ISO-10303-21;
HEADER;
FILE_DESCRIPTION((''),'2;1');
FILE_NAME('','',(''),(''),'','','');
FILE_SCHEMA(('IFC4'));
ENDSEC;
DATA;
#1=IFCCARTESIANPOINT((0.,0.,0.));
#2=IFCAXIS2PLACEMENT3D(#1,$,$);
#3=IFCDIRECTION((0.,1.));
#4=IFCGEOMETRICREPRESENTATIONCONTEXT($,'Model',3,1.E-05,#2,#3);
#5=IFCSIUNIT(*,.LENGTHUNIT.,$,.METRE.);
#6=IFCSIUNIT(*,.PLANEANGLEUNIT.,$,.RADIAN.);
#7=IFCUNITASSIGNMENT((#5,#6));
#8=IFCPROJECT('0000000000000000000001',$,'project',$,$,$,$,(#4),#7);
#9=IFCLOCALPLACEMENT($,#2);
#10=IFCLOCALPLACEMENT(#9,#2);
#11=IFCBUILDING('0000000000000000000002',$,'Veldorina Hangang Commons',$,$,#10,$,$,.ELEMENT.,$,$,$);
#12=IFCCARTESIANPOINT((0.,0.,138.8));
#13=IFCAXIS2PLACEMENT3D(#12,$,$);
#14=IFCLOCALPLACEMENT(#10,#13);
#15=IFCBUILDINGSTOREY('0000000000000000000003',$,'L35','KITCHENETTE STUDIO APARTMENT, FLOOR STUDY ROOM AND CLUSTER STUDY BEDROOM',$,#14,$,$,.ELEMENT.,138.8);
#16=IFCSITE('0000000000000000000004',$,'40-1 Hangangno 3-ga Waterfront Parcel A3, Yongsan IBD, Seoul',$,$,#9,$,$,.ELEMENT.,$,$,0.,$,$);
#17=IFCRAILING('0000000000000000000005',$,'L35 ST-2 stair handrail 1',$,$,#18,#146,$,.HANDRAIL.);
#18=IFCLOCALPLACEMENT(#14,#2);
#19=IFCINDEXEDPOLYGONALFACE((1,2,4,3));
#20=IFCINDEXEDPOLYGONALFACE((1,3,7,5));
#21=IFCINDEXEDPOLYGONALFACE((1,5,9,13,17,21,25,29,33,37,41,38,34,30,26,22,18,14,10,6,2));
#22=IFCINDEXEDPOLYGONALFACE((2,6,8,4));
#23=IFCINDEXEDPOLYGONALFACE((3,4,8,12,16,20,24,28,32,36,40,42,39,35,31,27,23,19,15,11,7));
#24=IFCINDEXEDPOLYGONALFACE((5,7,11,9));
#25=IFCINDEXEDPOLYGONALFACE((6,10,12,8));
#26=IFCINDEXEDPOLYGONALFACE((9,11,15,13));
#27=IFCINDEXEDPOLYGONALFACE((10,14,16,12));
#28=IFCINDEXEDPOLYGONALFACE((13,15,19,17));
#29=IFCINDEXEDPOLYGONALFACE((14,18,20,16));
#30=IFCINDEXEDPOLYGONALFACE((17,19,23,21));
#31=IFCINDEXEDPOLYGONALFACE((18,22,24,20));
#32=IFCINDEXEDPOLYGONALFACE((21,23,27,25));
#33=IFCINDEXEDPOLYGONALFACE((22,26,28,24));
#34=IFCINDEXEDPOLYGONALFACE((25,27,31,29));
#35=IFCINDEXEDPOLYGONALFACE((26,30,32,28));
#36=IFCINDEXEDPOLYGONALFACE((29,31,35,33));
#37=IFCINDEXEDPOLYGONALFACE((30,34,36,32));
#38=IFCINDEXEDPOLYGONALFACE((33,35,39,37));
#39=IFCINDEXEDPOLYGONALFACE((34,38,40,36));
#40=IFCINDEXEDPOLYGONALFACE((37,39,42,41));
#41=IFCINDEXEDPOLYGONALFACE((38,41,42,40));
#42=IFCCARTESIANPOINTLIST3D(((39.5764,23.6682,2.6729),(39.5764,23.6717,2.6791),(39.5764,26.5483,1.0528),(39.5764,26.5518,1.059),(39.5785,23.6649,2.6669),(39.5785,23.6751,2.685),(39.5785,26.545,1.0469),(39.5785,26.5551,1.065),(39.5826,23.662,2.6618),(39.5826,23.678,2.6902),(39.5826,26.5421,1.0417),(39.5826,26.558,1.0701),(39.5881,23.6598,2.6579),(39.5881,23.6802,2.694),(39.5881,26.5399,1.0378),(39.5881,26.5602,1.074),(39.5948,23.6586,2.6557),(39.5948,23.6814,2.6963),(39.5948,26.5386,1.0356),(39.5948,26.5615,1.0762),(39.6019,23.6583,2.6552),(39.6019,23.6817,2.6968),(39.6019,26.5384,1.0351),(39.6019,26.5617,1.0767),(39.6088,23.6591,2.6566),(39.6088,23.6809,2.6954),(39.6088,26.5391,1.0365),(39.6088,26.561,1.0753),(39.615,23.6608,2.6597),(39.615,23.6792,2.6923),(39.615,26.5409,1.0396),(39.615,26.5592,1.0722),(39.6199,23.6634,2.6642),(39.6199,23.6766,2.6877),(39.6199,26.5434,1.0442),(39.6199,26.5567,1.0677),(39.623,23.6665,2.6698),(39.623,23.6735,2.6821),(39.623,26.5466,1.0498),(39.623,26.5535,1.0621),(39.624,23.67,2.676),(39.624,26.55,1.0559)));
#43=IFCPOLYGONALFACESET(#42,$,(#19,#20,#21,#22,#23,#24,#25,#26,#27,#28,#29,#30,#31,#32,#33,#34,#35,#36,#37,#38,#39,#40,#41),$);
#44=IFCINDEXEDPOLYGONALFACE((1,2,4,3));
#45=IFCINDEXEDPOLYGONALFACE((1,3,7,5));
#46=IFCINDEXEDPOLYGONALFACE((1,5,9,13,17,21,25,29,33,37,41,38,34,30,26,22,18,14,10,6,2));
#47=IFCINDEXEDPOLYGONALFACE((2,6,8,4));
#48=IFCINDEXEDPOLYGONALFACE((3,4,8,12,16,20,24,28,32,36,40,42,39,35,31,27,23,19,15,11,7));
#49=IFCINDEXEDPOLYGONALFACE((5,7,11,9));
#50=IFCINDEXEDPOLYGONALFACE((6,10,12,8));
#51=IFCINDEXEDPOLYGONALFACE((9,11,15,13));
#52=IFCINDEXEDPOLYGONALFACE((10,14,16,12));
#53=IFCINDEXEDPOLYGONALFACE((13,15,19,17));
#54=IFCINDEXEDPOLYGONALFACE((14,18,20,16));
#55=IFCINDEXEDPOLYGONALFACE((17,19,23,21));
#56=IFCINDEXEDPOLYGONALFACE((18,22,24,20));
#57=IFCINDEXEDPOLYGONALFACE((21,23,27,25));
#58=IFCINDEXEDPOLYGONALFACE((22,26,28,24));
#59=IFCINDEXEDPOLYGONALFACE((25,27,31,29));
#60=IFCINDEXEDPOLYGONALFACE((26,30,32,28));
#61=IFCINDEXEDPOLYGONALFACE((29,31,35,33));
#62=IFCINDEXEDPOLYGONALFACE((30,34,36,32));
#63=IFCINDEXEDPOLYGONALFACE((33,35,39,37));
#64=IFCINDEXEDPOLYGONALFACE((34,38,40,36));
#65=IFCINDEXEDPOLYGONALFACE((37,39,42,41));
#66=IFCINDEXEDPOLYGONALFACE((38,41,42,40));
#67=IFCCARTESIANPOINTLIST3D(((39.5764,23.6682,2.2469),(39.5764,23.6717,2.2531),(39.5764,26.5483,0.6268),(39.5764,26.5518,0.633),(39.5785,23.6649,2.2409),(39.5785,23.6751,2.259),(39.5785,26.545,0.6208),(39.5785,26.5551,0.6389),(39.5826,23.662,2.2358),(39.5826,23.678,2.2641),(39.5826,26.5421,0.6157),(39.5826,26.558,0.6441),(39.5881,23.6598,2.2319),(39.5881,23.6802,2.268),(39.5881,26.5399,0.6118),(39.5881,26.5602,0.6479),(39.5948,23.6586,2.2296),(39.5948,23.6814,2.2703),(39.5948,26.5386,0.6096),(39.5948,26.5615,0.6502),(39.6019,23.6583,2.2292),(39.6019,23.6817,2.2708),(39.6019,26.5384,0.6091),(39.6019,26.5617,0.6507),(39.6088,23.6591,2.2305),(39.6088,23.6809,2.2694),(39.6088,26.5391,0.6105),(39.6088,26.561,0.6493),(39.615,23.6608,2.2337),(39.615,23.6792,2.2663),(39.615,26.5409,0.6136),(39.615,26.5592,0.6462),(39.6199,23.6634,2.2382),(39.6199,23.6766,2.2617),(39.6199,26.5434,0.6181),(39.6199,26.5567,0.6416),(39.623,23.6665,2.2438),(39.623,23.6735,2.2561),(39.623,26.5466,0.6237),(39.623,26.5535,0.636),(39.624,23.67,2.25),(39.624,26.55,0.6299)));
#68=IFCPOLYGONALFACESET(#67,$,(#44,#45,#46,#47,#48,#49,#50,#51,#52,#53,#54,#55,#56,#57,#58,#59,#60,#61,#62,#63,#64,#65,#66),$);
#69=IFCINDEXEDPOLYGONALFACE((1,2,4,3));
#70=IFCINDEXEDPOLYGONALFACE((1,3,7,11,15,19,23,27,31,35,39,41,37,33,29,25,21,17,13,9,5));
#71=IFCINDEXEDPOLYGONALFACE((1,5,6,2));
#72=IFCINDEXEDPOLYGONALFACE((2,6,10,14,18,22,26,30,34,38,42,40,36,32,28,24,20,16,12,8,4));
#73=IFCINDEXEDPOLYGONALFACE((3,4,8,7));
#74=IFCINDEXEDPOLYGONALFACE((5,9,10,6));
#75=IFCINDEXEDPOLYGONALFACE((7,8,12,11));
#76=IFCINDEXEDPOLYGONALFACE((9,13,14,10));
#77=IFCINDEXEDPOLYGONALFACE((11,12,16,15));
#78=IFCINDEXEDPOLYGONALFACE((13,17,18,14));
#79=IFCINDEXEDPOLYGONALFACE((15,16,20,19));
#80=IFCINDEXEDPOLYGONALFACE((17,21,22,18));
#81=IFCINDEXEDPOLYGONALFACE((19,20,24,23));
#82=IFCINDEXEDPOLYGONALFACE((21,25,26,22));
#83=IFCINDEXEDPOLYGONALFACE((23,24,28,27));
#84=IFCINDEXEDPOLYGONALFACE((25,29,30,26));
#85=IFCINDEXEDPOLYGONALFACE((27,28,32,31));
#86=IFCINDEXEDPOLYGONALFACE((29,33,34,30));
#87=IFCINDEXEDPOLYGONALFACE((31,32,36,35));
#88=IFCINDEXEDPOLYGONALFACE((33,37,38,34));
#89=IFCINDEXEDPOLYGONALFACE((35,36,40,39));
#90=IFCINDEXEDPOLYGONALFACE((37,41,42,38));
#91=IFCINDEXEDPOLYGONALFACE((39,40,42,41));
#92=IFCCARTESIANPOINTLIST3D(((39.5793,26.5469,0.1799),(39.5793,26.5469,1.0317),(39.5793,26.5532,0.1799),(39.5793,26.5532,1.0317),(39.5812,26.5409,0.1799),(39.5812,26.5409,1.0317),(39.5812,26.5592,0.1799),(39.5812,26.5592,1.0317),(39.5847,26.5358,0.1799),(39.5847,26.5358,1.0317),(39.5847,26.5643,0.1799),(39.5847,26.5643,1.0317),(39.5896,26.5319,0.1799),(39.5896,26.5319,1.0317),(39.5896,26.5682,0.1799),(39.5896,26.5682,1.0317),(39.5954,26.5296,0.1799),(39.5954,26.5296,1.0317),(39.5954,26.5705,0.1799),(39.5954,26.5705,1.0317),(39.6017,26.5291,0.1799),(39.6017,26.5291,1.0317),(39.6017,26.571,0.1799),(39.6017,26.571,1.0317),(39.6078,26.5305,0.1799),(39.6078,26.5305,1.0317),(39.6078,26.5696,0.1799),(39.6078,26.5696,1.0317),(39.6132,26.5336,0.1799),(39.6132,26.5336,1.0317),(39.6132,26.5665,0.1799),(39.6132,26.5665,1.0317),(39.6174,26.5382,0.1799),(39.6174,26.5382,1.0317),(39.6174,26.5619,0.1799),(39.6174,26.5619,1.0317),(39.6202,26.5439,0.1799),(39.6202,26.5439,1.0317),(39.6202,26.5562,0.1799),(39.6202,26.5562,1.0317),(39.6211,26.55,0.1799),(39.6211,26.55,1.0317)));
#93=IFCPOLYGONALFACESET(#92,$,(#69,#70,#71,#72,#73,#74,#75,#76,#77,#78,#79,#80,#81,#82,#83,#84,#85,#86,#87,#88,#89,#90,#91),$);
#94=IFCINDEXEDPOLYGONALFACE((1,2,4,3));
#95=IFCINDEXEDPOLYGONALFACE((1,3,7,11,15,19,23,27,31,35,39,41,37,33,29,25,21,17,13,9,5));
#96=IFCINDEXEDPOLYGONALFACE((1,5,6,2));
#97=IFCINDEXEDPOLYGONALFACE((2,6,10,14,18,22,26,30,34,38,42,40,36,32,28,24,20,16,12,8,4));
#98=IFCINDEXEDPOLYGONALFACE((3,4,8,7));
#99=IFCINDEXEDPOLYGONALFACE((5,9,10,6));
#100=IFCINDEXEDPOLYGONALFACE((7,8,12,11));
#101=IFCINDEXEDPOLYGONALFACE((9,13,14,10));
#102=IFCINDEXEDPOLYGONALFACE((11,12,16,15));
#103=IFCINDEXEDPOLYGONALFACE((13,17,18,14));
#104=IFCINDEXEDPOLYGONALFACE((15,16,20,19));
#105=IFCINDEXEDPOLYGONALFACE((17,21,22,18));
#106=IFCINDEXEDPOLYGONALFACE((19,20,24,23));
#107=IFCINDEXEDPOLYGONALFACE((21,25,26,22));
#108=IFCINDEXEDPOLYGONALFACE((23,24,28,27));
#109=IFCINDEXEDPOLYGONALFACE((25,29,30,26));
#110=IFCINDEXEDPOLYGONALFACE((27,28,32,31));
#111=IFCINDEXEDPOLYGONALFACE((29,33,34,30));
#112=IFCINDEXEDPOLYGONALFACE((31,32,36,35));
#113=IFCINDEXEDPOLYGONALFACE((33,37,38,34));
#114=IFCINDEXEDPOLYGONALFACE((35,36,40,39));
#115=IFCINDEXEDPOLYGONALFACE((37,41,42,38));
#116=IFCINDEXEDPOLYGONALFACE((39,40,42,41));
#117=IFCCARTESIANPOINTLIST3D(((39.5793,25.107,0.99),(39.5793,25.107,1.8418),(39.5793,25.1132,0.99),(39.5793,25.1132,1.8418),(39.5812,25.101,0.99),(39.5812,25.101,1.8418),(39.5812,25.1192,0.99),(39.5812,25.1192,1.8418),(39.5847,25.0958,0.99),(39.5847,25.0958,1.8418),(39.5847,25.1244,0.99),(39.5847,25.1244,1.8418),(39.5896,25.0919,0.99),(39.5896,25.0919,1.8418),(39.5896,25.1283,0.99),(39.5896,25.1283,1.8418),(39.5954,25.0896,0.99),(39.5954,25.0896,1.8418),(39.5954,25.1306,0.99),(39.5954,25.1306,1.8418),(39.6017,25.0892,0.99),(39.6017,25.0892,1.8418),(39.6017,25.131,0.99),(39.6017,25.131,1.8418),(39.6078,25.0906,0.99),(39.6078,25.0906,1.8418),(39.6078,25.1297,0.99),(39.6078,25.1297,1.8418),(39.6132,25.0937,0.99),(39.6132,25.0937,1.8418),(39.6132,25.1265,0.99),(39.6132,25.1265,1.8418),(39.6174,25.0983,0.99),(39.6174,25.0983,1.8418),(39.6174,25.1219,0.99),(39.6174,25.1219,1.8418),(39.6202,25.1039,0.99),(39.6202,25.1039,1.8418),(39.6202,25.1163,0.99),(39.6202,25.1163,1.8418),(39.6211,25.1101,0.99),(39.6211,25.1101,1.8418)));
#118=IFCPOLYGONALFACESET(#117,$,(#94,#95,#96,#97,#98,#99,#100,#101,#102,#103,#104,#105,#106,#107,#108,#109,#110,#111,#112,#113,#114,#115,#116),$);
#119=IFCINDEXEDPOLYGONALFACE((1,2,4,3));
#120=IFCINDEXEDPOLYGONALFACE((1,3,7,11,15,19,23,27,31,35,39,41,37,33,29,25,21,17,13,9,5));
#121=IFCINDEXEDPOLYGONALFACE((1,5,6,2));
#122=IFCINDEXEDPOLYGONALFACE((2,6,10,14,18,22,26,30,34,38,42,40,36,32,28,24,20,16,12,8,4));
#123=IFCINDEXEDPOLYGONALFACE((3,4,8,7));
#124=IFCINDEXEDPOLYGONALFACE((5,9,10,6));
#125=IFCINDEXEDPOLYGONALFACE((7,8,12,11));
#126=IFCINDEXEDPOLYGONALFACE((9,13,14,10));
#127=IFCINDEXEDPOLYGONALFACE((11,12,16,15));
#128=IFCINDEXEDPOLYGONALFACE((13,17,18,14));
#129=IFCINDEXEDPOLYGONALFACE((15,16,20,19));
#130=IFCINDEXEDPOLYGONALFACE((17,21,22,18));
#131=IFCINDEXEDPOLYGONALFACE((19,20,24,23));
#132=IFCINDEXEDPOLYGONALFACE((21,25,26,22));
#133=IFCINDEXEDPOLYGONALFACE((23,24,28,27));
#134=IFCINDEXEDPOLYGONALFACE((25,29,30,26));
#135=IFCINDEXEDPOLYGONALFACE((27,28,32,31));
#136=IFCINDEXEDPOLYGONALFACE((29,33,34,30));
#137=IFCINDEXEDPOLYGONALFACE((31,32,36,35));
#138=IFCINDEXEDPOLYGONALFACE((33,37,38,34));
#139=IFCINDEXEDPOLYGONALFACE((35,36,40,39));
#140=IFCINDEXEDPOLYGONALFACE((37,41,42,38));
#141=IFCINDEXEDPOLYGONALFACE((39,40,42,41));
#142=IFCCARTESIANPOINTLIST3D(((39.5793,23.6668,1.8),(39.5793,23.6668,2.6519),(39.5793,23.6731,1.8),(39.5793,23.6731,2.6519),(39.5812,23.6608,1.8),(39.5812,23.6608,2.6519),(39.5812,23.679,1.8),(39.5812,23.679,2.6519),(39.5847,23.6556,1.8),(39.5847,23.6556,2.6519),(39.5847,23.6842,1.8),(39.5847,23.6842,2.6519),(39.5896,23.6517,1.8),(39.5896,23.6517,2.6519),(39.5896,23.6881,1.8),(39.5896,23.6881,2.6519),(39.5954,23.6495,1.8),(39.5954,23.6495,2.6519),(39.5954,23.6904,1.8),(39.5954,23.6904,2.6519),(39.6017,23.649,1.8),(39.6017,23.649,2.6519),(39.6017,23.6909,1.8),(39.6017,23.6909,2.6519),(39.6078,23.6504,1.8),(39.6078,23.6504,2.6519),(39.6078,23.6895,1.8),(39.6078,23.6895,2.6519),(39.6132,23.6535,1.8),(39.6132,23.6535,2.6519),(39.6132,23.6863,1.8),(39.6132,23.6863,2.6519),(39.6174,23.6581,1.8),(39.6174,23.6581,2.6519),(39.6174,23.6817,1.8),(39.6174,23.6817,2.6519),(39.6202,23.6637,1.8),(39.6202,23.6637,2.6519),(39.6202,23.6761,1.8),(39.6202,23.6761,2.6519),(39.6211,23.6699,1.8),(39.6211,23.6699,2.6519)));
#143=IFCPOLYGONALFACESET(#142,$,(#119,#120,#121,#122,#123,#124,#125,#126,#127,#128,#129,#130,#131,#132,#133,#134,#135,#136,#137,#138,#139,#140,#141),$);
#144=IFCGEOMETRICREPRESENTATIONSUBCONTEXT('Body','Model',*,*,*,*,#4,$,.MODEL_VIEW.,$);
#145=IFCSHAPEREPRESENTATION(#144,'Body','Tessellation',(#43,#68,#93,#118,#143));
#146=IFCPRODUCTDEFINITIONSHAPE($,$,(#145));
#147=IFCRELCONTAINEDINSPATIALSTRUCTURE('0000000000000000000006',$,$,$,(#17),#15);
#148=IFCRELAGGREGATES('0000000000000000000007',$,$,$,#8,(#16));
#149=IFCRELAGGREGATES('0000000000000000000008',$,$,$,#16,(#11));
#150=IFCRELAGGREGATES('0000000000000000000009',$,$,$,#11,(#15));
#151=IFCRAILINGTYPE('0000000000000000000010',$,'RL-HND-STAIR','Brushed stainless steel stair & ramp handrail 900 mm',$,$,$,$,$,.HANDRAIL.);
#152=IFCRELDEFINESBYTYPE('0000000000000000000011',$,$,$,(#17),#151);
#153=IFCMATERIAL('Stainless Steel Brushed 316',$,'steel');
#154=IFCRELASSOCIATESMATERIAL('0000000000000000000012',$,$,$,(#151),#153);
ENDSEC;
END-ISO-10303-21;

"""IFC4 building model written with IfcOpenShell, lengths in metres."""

from ifc_helpers import new_model, si_unit, direction, frame, origin, origin_2d, place, context, subcontext, project, spatial, circle, extrude, material, type_object, element, save


model = new_model("IFC4")

# Units and contexts
model_context = context("Model", 3, precision=1e-05, world=origin(), true_north=direction((0.0, 1.0)))
body_context = subcontext(model_context, "Body", "Model", "MODEL_VIEW")
ifc_project = project(units=[si_unit("LENGTHUNIT", "METRE"), si_unit("PLANEANGLEUNIT", "RADIAN")], contexts=[model_context])

# Site, building, storey
site_placement = place(None, origin())
site = spatial("IfcSite", under=ifc_project, at=site_placement, Name="40-1 Hangangno 3-ga Waterfront Parcel A3, Yongsan IBD, Seoul", CompositionType="ELEMENT", RefElevation=0.0)
building_placement = place(site_placement, origin())
building = spatial("IfcBuilding", under=site, at=building_placement, Name="Veldorina Hangang Commons", CompositionType="ELEMENT")
storey_placement = place(building_placement, frame((0.0, 0.0, 138.8)))
storey = spatial("IfcBuildingStorey", under=building, at=storey_placement, Name="L35", Description="KITCHENETTE STUDIO APARTMENT, FLOOR STUDY ROOM AND CLUSTER STUDY BEDROOM", CompositionType="ELEMENT", Elevation=138.8)

# Railing
ifc_material_1 = material(Name="Stainless Steel Brushed 316", Category="steel")
railing_type_1 = type_object("IfcRailingType", Name="RL-HND-STAIR", Description="Brushed stainless steel stair & ramp handrail 900 mm", PredefinedType="HANDRAIL", material=ifc_material_1)
railing_1_placement = place(storey_placement, frame((39.6001, 26.55, 0.1799)))
element("IfcRailing", 1, at=railing_1_placement, inside=storey, type_object=railing_type_1, Name="L35 ST-2 stair handrail 1", PredefinedType="HANDRAIL", context=body_context, shape_type="SweptSolid", body=[
    extrude(circle(Radius=0.0239, at=origin_2d()), frame((0.0, 0.0, 0.876), z_axis=(0.0, -0.87157, 0.490272), x_axis=(1.0, 0.0, 0.0)), (0.0, 0.0, 1.0), 3.3044),
    extrude(circle(Radius=0.0239, at=origin_2d()), frame((0.0, 0.0, 0.45), z_axis=(0.0, -0.87157, 0.490272), x_axis=(1.0, 0.0, 0.0)), (0.0, 0.0, 1.0), 3.3044),
    extrude(circle(Radius=0.021, at=origin_2d()), origin(), (0.0, 0.0, 1.0), 0.8518),
    extrude(circle(Radius=0.021, at=origin_2d()), frame((0.0, -1.4399, 0.8101)), (0.0, 0.0, 1.0), 0.8518),
    extrude(circle(Radius=0.021, at=origin_2d()), frame((0.0, -2.8801, 1.6201)), (0.0, 0.0, 1.0), 0.8518),
])

save(model, "model.ifc")
